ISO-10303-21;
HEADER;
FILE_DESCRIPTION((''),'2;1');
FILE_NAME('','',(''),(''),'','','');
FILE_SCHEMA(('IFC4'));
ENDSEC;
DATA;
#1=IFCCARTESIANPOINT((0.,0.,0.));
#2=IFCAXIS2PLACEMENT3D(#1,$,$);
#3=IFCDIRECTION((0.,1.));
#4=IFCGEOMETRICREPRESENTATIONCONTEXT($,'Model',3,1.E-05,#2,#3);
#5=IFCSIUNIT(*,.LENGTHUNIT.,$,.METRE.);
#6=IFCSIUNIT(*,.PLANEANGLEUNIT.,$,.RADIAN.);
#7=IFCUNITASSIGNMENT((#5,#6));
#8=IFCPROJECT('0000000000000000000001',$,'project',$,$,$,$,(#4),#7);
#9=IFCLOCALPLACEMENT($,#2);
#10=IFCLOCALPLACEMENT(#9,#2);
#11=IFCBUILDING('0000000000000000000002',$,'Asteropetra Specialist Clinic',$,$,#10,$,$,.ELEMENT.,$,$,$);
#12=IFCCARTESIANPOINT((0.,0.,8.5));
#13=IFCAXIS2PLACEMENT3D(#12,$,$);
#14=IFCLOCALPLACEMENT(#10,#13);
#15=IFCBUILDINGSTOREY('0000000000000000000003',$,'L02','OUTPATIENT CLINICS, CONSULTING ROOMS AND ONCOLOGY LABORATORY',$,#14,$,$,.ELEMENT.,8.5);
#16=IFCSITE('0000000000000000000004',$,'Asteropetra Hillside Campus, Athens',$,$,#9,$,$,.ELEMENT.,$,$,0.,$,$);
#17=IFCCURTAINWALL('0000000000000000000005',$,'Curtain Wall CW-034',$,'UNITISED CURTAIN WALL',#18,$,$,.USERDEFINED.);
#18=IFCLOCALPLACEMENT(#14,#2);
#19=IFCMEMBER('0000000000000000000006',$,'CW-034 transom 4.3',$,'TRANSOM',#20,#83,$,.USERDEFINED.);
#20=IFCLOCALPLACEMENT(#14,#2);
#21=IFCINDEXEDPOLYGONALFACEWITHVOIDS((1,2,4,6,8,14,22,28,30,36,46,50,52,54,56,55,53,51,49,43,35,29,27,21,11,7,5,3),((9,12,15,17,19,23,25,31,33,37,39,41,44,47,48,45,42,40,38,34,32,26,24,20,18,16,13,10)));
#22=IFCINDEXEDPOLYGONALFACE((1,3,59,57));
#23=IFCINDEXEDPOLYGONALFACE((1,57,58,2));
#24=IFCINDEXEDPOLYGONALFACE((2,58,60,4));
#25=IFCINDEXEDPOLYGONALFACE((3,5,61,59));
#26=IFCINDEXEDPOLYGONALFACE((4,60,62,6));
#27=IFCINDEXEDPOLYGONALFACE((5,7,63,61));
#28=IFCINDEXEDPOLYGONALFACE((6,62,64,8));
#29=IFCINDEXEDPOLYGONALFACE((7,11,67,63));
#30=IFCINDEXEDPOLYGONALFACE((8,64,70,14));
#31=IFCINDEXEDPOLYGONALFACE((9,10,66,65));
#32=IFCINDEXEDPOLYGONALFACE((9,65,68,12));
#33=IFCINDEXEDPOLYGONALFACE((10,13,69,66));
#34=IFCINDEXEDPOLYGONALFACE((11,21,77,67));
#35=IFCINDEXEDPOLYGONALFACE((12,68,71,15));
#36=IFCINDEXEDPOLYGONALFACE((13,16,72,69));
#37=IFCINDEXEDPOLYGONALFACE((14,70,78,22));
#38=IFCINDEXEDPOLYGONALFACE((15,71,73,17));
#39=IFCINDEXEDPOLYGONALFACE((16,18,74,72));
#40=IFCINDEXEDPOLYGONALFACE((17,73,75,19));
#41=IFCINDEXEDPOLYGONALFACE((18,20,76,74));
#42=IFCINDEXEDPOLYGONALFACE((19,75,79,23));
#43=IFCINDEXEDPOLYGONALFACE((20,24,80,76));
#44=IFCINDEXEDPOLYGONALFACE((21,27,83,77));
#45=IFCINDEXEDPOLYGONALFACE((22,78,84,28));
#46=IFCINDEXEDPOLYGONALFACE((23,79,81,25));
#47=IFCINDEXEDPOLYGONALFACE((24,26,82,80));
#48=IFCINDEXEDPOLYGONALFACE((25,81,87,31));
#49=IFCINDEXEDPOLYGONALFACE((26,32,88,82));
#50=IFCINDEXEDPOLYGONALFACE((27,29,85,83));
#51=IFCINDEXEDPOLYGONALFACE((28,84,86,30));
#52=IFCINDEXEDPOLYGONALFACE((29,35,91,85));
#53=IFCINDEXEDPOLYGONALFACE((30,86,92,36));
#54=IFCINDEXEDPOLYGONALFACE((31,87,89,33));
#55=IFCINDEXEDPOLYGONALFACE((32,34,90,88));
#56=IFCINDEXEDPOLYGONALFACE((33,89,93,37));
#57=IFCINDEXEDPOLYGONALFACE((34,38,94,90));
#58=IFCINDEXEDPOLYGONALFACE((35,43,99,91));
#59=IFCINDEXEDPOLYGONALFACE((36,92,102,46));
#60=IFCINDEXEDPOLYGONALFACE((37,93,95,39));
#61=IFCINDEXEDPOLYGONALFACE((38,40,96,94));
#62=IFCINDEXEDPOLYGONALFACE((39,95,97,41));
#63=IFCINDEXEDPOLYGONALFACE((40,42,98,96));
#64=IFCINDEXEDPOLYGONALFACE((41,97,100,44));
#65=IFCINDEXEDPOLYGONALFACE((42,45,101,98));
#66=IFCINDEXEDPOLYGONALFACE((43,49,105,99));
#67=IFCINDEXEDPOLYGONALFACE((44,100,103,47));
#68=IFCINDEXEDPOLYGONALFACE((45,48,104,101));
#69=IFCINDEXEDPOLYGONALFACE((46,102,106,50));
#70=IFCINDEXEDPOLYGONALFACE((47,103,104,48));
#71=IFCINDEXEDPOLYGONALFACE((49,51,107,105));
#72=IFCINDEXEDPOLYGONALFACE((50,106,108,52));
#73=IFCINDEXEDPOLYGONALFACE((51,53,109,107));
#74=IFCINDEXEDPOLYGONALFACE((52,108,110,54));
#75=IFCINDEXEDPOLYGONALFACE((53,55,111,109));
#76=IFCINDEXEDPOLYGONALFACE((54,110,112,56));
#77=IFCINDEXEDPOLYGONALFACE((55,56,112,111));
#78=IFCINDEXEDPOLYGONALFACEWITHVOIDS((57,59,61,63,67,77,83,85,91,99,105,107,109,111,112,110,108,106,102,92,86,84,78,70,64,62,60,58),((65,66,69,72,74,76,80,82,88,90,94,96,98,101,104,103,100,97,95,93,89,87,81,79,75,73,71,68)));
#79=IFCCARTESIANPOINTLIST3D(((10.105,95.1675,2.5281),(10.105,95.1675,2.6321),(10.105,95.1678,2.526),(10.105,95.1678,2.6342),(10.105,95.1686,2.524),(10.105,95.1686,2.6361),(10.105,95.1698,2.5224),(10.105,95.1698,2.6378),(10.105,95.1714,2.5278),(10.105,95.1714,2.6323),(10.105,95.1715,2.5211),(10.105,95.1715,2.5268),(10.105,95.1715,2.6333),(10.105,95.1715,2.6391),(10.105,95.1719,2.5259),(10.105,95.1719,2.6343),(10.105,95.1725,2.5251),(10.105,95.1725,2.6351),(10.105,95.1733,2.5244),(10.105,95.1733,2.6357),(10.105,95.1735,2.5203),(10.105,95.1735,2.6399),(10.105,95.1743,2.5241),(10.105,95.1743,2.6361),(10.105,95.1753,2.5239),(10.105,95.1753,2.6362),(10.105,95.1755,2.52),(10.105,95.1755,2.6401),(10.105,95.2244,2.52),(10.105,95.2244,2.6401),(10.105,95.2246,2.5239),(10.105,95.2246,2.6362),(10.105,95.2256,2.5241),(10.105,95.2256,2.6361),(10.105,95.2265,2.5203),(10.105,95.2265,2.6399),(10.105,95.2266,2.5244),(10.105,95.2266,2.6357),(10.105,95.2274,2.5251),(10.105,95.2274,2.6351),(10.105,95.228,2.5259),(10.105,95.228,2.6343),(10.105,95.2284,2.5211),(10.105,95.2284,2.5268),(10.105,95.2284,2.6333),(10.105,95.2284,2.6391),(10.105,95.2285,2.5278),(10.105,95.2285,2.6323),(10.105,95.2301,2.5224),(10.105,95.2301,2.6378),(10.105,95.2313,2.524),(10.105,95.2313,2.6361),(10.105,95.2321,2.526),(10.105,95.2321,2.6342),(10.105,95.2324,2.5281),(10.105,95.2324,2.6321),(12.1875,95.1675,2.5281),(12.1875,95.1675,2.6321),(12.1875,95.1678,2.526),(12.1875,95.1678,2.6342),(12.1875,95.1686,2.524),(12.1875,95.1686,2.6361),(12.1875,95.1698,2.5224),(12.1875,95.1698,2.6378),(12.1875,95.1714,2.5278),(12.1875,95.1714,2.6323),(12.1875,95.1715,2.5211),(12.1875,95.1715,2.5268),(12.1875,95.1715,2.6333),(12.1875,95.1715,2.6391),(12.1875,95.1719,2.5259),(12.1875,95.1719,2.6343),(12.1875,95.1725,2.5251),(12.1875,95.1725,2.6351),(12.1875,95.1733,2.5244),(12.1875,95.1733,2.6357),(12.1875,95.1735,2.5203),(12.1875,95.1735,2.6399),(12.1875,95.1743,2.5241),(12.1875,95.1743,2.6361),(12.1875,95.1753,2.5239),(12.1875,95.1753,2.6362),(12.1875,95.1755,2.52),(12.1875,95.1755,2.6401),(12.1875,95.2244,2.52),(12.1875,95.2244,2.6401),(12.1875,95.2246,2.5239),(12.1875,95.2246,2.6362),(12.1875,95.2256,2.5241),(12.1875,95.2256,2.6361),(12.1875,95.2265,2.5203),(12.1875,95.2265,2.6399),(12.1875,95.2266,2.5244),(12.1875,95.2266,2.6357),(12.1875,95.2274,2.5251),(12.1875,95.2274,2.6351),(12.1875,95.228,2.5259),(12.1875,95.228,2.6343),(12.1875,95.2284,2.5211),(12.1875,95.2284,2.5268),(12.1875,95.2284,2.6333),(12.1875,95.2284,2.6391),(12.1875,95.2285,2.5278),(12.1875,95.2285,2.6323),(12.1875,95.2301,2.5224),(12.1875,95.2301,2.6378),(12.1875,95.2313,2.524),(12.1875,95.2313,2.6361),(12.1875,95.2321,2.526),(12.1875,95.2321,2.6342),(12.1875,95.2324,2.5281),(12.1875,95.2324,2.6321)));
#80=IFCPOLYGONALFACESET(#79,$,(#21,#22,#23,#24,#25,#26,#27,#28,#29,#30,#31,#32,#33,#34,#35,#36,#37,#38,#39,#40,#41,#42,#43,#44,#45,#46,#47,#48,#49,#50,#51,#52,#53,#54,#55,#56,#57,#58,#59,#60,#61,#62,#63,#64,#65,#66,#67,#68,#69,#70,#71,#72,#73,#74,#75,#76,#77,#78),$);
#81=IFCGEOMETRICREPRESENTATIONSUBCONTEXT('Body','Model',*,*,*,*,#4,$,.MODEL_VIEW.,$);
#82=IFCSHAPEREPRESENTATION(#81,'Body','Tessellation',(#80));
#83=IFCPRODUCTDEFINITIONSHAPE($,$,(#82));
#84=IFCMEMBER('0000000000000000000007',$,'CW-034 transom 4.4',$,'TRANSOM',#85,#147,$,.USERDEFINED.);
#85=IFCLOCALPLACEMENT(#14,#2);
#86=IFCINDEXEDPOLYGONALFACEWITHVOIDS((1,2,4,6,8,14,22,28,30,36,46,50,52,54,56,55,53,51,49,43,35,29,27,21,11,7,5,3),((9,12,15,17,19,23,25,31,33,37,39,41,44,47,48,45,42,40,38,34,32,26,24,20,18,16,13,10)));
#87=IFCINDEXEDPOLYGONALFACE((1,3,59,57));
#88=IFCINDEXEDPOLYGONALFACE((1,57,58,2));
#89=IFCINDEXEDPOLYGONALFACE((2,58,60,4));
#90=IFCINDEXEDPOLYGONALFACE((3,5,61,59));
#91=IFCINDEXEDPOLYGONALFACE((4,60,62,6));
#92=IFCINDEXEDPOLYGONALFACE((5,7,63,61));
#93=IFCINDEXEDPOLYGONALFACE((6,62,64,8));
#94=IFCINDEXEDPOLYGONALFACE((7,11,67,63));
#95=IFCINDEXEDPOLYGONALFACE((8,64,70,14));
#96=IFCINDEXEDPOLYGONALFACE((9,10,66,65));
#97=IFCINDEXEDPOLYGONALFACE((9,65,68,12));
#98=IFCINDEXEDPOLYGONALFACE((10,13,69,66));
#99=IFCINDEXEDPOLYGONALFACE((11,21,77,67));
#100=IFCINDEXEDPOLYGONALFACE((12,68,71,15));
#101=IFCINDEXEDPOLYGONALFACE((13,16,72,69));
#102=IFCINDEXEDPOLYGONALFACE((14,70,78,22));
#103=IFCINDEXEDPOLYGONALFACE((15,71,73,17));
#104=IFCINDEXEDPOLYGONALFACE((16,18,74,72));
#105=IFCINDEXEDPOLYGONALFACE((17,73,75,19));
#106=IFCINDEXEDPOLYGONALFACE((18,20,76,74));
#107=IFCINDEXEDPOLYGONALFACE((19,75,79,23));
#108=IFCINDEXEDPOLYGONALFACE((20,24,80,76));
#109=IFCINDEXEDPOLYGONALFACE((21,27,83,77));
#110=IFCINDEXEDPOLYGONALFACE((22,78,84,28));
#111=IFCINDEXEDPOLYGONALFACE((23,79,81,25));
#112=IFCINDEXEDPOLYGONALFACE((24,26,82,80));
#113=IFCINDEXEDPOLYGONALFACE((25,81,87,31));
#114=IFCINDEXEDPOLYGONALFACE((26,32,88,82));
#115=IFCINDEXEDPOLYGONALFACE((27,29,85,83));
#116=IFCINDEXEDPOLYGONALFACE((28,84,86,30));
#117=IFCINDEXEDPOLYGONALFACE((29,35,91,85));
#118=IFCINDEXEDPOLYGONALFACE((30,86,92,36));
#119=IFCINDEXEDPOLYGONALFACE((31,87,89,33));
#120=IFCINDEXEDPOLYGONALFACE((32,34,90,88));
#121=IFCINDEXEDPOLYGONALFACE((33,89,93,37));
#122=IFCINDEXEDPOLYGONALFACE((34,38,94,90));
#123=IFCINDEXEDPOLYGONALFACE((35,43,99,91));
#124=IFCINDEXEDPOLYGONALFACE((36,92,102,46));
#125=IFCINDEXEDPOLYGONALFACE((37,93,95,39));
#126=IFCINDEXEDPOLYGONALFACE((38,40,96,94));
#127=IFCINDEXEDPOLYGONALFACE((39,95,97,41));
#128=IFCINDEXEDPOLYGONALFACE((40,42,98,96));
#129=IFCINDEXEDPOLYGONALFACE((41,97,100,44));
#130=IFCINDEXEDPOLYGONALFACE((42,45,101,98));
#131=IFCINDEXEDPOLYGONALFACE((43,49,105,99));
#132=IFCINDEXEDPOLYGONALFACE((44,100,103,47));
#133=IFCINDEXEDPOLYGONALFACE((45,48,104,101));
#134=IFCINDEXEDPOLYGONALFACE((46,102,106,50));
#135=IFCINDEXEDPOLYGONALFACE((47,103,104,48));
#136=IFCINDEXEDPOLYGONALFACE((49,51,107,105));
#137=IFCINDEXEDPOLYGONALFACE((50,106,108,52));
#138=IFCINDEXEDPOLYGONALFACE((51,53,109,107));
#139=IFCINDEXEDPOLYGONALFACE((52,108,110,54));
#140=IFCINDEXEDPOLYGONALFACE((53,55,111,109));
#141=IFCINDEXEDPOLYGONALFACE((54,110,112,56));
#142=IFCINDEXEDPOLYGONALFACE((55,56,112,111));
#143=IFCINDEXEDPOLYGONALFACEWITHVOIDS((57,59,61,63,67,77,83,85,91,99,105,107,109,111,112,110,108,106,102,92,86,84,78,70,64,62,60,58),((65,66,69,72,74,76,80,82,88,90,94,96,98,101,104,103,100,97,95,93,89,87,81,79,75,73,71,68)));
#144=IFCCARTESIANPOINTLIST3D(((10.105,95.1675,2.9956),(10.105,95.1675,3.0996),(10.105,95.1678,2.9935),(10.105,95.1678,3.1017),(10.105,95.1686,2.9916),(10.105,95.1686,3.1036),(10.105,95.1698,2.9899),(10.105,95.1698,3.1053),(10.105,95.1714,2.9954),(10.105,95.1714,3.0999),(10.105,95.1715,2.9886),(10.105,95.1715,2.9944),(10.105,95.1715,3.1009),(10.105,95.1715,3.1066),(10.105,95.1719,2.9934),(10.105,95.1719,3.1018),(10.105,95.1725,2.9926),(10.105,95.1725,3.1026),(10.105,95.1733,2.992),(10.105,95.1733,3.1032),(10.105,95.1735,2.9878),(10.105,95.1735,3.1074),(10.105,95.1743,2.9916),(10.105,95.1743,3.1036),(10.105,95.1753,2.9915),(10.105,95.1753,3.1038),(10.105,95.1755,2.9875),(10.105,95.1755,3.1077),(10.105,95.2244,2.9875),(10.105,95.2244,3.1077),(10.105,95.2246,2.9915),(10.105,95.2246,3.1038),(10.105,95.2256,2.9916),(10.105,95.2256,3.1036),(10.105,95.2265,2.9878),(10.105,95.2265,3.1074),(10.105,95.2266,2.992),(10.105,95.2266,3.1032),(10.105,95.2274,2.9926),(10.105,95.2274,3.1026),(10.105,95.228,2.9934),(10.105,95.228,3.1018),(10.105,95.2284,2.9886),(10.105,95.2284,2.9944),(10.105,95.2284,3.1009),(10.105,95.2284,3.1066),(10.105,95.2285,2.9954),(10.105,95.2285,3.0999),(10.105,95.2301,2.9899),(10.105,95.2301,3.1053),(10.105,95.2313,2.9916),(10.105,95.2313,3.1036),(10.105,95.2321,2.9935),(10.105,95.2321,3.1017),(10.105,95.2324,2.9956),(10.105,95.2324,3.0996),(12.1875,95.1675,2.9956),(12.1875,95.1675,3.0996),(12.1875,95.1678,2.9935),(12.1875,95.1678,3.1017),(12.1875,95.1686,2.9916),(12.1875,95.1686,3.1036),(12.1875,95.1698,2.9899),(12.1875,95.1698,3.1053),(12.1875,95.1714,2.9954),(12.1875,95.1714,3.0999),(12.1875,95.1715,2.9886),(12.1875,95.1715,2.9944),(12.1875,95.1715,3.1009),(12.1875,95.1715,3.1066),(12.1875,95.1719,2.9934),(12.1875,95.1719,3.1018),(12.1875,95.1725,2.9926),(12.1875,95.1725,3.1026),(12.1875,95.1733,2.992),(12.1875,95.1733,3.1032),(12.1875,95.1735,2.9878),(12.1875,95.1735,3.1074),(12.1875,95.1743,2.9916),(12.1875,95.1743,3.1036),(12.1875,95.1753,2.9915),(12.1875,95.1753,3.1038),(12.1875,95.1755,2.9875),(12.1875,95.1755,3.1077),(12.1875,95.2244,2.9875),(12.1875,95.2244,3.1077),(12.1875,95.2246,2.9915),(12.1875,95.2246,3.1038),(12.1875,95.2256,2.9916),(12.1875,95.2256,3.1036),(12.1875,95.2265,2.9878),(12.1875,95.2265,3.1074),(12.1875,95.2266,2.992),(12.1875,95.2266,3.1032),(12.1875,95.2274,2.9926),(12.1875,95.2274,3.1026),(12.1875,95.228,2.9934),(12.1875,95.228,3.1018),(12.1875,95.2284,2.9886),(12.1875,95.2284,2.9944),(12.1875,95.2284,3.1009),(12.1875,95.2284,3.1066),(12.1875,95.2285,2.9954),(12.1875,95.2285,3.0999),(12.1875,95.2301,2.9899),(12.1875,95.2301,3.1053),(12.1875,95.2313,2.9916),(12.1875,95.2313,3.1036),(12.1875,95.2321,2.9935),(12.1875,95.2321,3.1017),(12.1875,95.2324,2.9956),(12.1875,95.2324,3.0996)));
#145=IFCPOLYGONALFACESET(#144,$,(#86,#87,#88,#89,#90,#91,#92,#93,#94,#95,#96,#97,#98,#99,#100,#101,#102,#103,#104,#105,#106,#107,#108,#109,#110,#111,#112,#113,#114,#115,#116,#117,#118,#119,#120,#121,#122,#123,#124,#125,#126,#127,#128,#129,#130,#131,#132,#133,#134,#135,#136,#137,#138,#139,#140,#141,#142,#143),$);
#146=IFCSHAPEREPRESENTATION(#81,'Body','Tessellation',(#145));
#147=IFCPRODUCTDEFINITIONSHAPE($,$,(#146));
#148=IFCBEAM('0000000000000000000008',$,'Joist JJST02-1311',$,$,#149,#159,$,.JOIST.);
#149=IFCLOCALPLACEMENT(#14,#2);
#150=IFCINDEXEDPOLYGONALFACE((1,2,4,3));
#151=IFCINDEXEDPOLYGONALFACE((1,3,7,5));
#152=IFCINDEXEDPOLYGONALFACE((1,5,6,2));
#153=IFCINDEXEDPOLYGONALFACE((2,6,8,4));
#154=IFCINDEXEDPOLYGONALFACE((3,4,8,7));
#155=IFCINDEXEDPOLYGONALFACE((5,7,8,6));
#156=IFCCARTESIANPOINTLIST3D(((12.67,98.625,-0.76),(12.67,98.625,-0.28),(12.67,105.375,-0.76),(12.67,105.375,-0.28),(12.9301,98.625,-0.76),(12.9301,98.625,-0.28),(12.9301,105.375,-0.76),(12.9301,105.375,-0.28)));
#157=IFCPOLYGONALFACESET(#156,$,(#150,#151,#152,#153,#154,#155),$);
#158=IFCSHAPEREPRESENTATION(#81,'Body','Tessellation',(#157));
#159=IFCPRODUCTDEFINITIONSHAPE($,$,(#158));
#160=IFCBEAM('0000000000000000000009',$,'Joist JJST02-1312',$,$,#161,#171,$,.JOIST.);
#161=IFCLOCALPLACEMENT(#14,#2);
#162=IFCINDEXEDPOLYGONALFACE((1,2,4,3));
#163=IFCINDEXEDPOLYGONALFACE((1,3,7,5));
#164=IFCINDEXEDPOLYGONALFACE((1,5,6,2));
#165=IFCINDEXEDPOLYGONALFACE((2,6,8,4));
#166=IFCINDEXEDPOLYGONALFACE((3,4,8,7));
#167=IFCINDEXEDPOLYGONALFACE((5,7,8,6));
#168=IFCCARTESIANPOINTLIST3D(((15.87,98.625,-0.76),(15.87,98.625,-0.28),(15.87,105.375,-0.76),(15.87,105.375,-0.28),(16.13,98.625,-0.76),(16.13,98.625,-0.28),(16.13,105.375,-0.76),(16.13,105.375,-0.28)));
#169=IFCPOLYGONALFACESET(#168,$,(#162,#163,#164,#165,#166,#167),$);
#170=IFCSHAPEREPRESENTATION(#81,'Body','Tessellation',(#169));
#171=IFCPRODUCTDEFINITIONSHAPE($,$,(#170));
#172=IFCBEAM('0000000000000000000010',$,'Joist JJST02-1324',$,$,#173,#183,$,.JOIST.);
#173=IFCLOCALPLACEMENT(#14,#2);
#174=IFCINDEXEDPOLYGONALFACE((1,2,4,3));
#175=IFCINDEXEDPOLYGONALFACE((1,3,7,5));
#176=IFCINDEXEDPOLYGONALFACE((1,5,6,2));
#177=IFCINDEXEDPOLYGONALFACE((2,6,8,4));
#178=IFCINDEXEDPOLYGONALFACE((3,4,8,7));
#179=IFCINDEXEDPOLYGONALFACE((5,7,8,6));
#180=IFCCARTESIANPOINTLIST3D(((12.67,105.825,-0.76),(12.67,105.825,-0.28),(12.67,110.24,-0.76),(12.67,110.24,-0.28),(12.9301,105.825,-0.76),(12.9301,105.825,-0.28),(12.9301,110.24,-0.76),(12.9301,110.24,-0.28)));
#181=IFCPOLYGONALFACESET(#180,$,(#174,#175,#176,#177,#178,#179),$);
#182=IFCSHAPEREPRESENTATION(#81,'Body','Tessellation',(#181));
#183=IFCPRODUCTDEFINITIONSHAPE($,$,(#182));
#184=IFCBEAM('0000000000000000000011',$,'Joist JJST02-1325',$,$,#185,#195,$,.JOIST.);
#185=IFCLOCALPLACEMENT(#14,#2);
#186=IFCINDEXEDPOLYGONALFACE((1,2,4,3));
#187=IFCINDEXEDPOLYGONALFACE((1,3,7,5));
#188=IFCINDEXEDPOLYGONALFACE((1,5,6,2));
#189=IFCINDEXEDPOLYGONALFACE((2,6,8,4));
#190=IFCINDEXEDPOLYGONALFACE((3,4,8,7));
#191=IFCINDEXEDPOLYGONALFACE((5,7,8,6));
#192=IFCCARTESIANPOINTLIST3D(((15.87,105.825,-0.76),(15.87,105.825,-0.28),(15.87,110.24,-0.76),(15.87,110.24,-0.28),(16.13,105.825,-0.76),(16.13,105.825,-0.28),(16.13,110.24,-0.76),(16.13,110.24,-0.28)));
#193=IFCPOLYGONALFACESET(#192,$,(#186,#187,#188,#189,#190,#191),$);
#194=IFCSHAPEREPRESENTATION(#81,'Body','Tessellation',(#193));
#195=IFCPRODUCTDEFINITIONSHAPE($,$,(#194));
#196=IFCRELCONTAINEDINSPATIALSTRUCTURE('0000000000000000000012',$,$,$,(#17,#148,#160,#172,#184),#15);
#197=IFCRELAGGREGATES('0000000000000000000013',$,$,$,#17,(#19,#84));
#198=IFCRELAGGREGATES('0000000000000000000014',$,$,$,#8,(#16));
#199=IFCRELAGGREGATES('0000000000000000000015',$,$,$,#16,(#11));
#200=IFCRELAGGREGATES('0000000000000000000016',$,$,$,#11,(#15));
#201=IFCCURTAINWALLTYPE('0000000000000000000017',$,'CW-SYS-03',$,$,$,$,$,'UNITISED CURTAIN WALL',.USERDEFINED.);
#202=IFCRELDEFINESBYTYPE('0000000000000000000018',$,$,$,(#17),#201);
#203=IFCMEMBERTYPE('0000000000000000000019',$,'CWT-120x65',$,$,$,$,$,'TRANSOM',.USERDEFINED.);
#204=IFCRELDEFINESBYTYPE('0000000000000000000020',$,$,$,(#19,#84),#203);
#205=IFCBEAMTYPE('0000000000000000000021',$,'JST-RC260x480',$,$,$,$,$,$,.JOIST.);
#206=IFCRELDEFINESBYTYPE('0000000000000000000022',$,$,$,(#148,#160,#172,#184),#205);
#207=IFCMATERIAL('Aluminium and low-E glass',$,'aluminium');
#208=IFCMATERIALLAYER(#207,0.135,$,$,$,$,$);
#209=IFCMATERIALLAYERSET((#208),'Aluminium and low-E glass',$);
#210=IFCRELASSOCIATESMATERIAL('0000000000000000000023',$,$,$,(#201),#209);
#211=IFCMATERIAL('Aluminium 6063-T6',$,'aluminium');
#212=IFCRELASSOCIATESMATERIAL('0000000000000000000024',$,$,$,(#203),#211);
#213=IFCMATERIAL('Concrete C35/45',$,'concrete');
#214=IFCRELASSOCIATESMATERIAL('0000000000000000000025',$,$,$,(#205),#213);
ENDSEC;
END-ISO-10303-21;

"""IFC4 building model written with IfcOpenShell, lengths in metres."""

from ifc_helpers import new_model, si_unit, direction, frame, origin, origin_2d, place, context, subcontext, project, spatial, rectangle, hollow_rectangle, extrude, material, layer, layer_set, material_profile, profile_set, type_object, element, aggregate, save


model = new_model("IFC4")

# Units and contexts
model_context = context("Model", 3, precision=1e-05, world=origin(), true_north=direction((0.0, 1.0)))
body_context = subcontext(model_context, "Body", "Model", "MODEL_VIEW")
ifc_project = project(units=[si_unit("LENGTHUNIT", "METRE"), si_unit("PLANEANGLEUNIT", "RADIAN")], contexts=[model_context])

# Site, building, storey
site_placement = place(None, origin())
site = spatial("IfcSite", under=ifc_project, at=site_placement, Name="Asteropetra Hillside Campus, Athens", CompositionType="ELEMENT", RefElevation=0.0)
building_placement = place(site_placement, origin())
building = spatial("IfcBuilding", under=site, at=building_placement, Name="Asteropetra Specialist Clinic", CompositionType="ELEMENT")
storey_placement = place(building_placement, frame((0.0, 0.0, 8.5)))
storey = spatial("IfcBuildingStorey", under=building, at=storey_placement, Name="L02", Description="OUTPATIENT CLINICS, CONSULTING ROOMS AND ONCOLOGY LABORATORY", CompositionType="ELEMENT", Elevation=8.5)

# Curtain wall, members
ifc_material_1 = material(Name="Aluminium and low-E glass", Category="aluminium")
ifc_layer_1 = layer(ifc_material_1, 0.135)
ifc_layer_set_1 = layer_set([ifc_layer_1], Name="Aluminium and low-E glass")
curtain_wall_type = type_object("IfcCurtainWallType", Name="CW-SYS-03", ElementType="UNITISED CURTAIN WALL", PredefinedType="USERDEFINED", material=ifc_layer_set_1)
curtain_wall_placement = place(storey_placement, origin())
curtain_wall = element("IfcCurtainWall", 1, at=curtain_wall_placement, inside=storey, type_object=curtain_wall_type, Name="Curtain Wall CW-034", ObjectType="UNITISED CURTAIN WALL", PredefinedType="USERDEFINED")
ifc_material_2 = material(Name="Aluminium 6063-T6", Category="aluminium")
ifc_material_profile_1 = material_profile(ifc_material_2, hollow_rectangle(XDim=0.0649, YDim=0.1201, WallThickness=0.0039, InnerFilletRadius=0.0039, OuterFilletRadius=0.0081, at=origin_2d()), Name="TRN 120x65x4.0")
ifc_profile_set_1 = profile_set([ifc_material_profile_1], Name="Aluminium 6063-T6")
member_type_1 = type_object("IfcMemberType", Name="CWT-120x65", ElementType="TRANSOM", PredefinedType="USERDEFINED", material=ifc_profile_set_1)
member_1_placement = place(storey_placement, frame((12.1875, 95.2, 2.5801), z_axis=(-1.0, 0.0, 0.0), x_axis=(0.0, -1.0, 0.0)))
member_1 = element("IfcMember", 2, at=member_1_placement, type_object=member_type_1, Name="CW-034 transom 4.3", ObjectType="TRANSOM", PredefinedType="USERDEFINED", context=body_context, shape_type="SweptSolid", body=[
    extrude(hollow_rectangle(XDim=0.0649, YDim=0.1201, WallThickness=0.0039, InnerFilletRadius=0.0039, OuterFilletRadius=0.0081, at=origin_2d()), origin(), (0.0, 0.0, 1.0), 2.0825),
])
member_2_placement = place(storey_placement, frame((12.1875, 95.2, 3.0476), z_axis=(-1.0, 0.0, 0.0), x_axis=(0.0, -1.0, 0.0)))
member_2 = element("IfcMember", 3, at=member_2_placement, type_object=member_type_1, Name="CW-034 transom 4.4", ObjectType="TRANSOM", PredefinedType="USERDEFINED", context=body_context, shape_type="SweptSolid", body=[
    extrude(hollow_rectangle(XDim=0.0649, YDim=0.1201, WallThickness=0.0039, InnerFilletRadius=0.0039, OuterFilletRadius=0.0081, at=origin_2d()), origin(), (0.0, 0.0, 1.0), 2.0825),
])

# Beams
ifc_material_3 = material(Name="Concrete C35/45", Category="concrete")
ifc_material_profile_2 = material_profile(ifc_material_3, rectangle(XDim=0.26, YDim=0.48, at=origin_2d()), Name="RCJ 260x480")
ifc_profile_set_2 = profile_set([ifc_material_profile_2], Name="Concrete C35/45")
beam_type_1 = type_object("IfcBeamType", Name="JST-RC260x480", PredefinedType="JOIST", material=ifc_profile_set_2)
for number, where, z_axis, x_axis, name in (
    (4, (12.8, 98.625, -0.52), (0.0, 1.0, 0.0), (-1.0, 0.0, 0.0), "Joist JJST02-1311"),
    (5, (16.0, 98.625, -0.52), (0.0, 1.0, 0.0), (-1.0, 0.0, 0.0), "Joist JJST02-1312"),
):
    element("IfcBeam", number, at=place(storey_placement, frame(where, z_axis=z_axis, x_axis=x_axis)), inside=storey, type_object=beam_type_1, Name=name, PredefinedType="JOIST", context=body_context, shape_type="SweptSolid", body=[
        extrude(rectangle(XDim=0.26, YDim=0.48, at=origin_2d()), origin(), (0.0, 0.0, 1.0), 6.75),
    ])
for number, where, z_axis, x_axis, name in (
    (6, (12.8, 105.825, -0.52), (0.0, 1.0, 0.0), (-1.0, 0.0, 0.0), "Joist JJST02-1324"),
    (7, (16.0, 105.825, -0.52), (0.0, 1.0, 0.0), (-1.0, 0.0, 0.0), "Joist JJST02-1325"),
):
    element("IfcBeam", number, at=place(storey_placement, frame(where, z_axis=z_axis, x_axis=x_axis)), inside=storey, type_object=beam_type_1, Name=name, PredefinedType="JOIST", context=body_context, shape_type="SweptSolid", body=[
        extrude(rectangle(XDim=0.26, YDim=0.48, at=origin_2d()), origin(), (0.0, 0.0, 1.0), 4.415),
    ])

aggregate(curtain_wall, [member_1, member_2])

save(model, "model.ifc")
